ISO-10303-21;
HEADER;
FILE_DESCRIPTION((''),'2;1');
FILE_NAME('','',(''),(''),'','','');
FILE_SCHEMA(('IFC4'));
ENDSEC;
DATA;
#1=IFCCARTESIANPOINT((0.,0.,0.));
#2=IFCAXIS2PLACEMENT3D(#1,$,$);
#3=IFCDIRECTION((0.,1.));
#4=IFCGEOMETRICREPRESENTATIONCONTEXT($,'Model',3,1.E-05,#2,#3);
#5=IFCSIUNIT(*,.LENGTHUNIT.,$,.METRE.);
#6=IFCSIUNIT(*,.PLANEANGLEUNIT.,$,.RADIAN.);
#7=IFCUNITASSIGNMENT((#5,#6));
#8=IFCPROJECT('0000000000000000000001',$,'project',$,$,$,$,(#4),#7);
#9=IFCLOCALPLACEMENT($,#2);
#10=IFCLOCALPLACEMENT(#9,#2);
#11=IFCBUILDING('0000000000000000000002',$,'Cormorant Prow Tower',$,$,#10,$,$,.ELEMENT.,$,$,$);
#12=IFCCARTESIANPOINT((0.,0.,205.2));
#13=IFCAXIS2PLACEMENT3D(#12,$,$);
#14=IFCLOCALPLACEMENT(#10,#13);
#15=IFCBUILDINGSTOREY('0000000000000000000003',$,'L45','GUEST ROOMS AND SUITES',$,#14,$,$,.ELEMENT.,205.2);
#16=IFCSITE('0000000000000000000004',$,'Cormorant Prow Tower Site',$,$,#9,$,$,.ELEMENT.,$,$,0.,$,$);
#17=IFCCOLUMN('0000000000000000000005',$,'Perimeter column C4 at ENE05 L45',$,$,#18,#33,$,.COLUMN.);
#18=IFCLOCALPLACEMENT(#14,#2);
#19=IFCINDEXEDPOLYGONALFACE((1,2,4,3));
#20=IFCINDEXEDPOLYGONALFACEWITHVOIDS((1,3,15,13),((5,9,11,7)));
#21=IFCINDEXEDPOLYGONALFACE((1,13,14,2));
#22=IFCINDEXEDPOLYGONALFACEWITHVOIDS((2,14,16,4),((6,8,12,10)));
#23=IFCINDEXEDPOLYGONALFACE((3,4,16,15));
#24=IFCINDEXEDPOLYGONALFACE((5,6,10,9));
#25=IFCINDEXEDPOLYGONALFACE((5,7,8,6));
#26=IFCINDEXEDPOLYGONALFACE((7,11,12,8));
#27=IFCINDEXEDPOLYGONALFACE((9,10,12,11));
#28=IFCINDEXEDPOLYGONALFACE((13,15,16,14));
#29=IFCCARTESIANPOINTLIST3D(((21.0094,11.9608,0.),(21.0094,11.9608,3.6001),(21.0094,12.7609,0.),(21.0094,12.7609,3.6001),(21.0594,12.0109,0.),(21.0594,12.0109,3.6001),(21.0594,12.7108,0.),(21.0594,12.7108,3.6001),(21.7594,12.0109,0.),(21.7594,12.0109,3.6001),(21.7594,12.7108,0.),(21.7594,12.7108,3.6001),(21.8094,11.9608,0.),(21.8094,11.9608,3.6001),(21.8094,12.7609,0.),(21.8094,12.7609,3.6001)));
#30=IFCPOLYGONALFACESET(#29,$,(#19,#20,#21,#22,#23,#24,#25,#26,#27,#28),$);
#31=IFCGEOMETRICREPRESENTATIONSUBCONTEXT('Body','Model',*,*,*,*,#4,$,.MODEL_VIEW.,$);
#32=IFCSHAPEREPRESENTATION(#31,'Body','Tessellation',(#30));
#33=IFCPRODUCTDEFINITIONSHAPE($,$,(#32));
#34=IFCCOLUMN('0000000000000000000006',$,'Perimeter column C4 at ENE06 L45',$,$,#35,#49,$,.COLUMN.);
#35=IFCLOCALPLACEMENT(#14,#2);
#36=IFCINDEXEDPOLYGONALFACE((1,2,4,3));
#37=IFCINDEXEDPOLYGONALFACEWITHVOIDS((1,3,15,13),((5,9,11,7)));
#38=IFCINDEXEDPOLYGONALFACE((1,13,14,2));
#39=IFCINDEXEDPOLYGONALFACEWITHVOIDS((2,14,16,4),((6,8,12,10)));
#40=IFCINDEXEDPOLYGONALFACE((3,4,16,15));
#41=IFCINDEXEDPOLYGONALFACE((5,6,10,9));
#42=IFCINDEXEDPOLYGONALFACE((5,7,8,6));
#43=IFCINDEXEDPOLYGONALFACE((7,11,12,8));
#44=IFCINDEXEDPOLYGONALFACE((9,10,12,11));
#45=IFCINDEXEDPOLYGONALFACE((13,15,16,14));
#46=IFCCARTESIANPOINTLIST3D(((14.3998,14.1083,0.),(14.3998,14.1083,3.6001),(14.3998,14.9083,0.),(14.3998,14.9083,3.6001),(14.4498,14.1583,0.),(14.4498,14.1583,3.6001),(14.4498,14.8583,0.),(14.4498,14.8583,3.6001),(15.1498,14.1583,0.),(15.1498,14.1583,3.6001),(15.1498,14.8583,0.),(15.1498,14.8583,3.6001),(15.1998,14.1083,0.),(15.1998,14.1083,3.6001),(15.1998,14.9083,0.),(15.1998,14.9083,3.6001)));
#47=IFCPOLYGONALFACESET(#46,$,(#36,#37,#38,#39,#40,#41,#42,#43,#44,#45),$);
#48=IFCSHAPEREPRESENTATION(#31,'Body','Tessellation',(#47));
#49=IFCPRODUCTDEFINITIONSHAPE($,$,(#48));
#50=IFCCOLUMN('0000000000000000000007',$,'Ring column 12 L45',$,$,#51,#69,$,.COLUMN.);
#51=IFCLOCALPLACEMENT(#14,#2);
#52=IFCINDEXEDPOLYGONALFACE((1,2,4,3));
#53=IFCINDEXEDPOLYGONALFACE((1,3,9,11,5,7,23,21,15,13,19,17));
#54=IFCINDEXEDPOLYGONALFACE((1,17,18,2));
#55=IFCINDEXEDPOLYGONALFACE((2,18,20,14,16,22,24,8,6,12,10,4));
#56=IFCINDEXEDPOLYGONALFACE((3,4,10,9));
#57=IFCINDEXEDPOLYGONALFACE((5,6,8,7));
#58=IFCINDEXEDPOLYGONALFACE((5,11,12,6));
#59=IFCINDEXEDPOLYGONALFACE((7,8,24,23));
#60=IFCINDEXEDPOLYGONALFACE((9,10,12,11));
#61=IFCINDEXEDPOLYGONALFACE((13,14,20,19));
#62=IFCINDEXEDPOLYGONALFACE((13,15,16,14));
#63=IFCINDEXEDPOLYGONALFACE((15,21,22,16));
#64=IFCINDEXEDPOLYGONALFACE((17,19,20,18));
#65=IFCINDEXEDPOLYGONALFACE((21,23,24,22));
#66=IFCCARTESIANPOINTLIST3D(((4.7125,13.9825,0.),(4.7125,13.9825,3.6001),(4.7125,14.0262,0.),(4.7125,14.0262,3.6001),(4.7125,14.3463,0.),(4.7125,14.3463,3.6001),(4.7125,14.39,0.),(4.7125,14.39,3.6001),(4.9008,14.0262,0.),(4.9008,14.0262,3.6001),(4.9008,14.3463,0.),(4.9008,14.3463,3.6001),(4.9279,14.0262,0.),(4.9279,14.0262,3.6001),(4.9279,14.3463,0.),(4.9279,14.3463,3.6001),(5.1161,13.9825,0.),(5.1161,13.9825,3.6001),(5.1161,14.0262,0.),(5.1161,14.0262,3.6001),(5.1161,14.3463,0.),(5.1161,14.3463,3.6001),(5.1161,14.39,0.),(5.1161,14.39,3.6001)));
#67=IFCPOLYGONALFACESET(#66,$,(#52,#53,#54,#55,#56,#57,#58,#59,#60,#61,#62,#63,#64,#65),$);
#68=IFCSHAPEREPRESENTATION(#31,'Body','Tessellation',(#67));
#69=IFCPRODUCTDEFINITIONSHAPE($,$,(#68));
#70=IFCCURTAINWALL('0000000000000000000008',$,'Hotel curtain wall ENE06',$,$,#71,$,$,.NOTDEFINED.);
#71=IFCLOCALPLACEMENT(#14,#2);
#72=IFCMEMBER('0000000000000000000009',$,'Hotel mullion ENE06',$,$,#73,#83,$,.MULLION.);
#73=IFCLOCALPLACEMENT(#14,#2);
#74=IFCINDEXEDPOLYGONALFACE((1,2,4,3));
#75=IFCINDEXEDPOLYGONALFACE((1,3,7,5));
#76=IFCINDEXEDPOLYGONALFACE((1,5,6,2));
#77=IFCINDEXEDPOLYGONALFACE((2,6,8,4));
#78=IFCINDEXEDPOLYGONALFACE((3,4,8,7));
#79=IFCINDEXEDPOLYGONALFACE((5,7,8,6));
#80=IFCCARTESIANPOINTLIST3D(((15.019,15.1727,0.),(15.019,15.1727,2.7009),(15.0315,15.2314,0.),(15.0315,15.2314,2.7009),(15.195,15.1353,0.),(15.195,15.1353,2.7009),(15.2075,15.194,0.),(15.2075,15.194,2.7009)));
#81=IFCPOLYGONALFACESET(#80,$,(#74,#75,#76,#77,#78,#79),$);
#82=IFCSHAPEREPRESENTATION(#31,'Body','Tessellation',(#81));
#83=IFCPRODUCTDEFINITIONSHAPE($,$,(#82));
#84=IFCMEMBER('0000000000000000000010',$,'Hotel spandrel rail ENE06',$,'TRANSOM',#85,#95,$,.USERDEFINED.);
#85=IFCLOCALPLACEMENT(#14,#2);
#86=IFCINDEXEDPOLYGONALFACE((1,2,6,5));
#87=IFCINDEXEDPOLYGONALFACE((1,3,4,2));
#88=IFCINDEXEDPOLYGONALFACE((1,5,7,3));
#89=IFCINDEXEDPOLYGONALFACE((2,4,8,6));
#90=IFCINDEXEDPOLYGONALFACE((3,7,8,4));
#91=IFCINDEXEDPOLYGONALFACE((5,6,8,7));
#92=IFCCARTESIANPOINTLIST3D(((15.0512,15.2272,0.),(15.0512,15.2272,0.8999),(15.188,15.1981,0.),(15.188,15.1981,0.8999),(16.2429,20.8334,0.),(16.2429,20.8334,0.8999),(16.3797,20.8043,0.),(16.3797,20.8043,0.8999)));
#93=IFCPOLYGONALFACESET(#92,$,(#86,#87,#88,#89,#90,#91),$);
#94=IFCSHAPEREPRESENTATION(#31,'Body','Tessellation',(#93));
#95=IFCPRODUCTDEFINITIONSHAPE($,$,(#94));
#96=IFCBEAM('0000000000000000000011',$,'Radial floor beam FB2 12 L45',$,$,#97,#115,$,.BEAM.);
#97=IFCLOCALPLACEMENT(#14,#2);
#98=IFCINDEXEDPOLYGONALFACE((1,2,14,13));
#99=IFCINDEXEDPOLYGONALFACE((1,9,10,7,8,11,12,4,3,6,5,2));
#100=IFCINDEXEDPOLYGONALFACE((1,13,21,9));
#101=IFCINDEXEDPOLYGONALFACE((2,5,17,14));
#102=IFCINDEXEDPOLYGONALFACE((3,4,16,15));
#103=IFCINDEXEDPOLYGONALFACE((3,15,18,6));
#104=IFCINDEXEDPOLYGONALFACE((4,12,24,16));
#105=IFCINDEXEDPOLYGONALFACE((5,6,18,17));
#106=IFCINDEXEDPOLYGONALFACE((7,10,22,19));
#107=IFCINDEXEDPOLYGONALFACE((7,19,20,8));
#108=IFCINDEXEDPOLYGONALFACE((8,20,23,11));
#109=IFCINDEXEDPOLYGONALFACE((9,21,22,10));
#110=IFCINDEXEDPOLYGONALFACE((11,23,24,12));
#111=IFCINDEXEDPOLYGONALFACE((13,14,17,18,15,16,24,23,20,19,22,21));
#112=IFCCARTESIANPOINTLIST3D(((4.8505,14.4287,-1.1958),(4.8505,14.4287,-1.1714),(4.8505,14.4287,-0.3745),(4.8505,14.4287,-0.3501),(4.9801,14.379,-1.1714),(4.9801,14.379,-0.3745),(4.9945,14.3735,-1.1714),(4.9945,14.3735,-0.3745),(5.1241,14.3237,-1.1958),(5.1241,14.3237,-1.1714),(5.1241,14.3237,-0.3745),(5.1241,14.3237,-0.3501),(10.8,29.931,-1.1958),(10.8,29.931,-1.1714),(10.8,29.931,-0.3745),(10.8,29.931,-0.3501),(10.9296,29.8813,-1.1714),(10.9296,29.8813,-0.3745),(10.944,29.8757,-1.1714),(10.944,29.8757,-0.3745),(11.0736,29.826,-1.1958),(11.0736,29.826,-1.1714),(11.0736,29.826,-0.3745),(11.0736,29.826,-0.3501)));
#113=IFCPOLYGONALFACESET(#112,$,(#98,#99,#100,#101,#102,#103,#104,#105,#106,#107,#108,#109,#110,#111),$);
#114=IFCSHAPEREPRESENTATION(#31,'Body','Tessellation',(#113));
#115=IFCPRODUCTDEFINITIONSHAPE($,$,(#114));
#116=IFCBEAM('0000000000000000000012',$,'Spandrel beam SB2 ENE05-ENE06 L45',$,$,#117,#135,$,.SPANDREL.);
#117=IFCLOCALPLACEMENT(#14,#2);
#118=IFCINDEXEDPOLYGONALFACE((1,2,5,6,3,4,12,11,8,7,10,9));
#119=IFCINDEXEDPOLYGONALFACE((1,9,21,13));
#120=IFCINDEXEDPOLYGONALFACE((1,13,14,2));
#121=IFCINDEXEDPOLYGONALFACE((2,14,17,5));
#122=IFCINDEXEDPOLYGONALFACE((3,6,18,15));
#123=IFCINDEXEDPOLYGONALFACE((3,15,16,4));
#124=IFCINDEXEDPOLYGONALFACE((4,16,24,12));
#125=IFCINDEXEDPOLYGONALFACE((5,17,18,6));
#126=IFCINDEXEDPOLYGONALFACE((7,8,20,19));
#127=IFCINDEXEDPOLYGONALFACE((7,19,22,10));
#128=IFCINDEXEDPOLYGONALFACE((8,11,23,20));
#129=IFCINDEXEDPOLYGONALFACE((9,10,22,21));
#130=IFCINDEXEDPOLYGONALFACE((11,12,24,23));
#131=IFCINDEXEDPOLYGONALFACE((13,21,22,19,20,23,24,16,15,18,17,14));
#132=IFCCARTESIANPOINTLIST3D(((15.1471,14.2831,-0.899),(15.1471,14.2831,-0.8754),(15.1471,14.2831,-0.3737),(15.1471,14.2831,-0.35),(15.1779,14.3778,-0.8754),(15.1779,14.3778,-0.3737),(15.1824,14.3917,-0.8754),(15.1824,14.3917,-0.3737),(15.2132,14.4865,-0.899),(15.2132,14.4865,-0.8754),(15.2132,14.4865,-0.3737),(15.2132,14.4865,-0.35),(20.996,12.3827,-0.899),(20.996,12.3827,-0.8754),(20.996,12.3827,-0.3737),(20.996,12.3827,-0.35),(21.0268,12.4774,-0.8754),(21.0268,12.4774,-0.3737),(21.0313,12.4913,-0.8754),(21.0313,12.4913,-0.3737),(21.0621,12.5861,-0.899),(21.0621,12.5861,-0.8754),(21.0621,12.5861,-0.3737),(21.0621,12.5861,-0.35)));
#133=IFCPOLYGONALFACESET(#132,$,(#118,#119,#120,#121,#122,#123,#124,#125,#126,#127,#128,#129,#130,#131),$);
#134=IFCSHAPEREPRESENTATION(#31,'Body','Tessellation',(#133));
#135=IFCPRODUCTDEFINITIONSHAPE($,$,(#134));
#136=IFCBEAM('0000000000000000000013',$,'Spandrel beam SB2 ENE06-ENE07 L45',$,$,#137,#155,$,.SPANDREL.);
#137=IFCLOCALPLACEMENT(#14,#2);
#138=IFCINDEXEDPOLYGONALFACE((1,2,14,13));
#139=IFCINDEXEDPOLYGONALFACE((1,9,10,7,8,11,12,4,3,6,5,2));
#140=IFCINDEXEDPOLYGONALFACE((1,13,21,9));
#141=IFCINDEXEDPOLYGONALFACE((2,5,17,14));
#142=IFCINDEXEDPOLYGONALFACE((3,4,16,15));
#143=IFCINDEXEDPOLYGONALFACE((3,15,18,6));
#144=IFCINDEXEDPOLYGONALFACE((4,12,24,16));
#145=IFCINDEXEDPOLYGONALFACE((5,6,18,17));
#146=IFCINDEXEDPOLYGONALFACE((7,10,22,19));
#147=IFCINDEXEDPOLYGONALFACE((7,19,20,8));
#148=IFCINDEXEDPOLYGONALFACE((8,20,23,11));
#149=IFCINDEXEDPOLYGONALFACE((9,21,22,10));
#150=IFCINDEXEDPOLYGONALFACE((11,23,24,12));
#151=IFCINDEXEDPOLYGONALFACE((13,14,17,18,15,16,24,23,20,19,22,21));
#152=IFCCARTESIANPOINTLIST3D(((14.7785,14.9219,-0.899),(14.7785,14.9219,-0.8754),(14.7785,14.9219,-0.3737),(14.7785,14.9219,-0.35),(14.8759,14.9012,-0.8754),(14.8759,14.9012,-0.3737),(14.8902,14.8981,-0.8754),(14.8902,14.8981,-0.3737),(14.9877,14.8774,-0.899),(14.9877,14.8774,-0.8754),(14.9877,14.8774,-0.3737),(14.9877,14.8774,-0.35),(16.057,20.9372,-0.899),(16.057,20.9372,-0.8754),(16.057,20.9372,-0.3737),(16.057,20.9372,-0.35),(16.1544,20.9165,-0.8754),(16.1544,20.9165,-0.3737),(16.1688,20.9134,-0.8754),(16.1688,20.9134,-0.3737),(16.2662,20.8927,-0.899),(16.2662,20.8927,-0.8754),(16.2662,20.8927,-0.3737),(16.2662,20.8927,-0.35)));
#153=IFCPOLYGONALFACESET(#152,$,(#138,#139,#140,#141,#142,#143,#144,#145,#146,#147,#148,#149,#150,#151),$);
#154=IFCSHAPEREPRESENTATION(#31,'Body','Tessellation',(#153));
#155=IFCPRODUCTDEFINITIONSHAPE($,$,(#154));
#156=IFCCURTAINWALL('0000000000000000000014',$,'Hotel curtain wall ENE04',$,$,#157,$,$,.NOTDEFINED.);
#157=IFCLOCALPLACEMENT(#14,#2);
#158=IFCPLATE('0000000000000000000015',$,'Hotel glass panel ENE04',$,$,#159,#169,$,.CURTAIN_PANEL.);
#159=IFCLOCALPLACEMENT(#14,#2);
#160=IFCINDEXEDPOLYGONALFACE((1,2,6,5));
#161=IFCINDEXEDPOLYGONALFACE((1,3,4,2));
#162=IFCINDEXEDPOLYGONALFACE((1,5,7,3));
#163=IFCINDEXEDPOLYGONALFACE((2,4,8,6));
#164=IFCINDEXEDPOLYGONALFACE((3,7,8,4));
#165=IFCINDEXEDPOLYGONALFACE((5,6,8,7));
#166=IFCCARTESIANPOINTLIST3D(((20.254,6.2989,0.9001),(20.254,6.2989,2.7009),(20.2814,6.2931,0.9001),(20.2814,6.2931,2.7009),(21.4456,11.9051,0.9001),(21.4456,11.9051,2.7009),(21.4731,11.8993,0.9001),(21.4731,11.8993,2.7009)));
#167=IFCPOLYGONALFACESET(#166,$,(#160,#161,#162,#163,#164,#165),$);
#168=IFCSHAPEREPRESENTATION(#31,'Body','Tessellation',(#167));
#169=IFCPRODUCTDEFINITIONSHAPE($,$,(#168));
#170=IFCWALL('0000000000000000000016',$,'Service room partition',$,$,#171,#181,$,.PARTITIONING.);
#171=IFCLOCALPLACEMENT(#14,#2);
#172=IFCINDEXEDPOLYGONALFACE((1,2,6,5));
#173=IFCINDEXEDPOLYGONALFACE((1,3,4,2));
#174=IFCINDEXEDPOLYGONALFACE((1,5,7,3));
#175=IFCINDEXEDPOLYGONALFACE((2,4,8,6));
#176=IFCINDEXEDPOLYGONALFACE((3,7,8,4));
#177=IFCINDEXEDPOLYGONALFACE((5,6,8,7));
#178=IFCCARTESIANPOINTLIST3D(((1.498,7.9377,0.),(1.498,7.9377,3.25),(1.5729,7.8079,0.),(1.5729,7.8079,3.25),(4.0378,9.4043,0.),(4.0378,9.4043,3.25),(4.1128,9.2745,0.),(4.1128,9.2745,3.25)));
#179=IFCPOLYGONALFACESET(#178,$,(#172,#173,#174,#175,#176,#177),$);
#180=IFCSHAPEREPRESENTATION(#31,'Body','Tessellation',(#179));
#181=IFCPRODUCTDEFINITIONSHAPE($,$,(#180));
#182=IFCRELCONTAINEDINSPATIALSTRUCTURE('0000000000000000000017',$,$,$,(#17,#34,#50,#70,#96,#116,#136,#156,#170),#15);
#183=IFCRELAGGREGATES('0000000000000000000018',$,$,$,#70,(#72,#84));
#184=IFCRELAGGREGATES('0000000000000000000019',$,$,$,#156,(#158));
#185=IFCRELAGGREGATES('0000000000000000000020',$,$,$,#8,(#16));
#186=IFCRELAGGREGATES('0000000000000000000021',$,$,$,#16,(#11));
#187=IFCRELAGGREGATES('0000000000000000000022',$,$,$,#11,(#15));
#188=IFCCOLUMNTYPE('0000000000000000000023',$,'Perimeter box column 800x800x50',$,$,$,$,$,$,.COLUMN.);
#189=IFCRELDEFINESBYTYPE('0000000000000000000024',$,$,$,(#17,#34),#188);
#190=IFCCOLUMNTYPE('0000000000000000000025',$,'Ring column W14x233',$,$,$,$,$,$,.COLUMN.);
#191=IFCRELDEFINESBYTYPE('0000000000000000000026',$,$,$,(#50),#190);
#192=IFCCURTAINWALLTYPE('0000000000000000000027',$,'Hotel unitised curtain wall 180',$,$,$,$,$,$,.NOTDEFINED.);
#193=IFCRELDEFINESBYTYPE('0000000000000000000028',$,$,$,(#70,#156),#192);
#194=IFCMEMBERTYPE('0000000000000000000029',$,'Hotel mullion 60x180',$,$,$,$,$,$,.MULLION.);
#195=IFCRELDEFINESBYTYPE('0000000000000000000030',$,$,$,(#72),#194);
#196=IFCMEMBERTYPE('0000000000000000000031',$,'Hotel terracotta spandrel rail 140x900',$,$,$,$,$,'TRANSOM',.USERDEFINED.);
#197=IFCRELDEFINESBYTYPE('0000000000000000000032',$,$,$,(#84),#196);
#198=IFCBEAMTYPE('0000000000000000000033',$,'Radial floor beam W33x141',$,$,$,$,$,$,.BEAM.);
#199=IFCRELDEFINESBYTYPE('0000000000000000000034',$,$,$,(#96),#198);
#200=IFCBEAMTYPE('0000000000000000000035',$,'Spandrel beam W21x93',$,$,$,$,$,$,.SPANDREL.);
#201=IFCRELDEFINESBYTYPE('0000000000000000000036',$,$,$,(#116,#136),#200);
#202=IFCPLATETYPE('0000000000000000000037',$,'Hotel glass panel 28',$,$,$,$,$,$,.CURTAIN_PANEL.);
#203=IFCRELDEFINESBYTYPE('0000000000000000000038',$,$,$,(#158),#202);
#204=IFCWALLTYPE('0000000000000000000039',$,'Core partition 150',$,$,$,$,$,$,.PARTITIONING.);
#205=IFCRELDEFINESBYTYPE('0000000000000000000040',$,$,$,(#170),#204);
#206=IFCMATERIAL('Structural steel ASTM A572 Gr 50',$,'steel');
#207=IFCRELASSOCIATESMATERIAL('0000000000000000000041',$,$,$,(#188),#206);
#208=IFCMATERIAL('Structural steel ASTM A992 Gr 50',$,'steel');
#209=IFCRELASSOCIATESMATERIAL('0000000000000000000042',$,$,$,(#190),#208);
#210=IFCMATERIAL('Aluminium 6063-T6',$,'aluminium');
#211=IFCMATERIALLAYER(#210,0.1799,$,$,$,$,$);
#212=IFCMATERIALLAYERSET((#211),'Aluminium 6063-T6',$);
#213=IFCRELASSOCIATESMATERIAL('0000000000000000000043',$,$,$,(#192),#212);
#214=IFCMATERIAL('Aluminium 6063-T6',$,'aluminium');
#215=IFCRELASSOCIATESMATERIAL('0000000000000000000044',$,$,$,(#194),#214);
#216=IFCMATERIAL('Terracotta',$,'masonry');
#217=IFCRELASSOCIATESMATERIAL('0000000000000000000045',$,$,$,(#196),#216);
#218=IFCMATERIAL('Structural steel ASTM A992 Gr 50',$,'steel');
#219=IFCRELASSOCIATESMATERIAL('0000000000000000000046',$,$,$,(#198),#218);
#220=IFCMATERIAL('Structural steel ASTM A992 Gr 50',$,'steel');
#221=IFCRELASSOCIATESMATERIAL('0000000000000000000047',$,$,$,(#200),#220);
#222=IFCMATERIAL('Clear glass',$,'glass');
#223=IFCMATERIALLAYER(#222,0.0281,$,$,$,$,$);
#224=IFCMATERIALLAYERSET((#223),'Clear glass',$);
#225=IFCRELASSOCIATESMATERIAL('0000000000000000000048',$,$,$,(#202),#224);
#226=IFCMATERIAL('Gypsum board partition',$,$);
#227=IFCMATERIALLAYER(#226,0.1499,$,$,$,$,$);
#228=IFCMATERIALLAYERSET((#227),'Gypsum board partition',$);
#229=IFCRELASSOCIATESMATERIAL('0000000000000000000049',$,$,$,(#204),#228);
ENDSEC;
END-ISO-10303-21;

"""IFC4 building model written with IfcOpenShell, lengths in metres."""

from ifc_helpers import new_model, si_unit, direction, frame, frame_2d, origin, origin_2d, place, context, subcontext, project, spatial, rectangle, hollow_rectangle, i_section, extrude, material, layer, layer_set, material_profile, profile_set, type_object, element, aggregate, save


model = new_model("IFC4")

# Units and contexts
model_context = context("Model", 3, precision=1e-05, world=origin(), true_north=direction((0.0, 1.0)))
body_context = subcontext(model_context, "Body", "Model", "MODEL_VIEW")
ifc_project = project(units=[si_unit("LENGTHUNIT", "METRE"), si_unit("PLANEANGLEUNIT", "RADIAN")], contexts=[model_context])

# Site, building, storey
site_placement = place(None, origin())
site = spatial("IfcSite", under=ifc_project, at=site_placement, Name="Cormorant Prow Tower Site", CompositionType="ELEMENT", RefElevation=0.0)
building_placement = place(site_placement, origin())
building = spatial("IfcBuilding", under=site, at=building_placement, Name="Cormorant Prow Tower", CompositionType="ELEMENT")
storey_placement = place(building_placement, frame((0.0, 0.0, 205.2)))
storey = spatial("IfcBuildingStorey", under=building, at=storey_placement, Name="L45", Description="GUEST ROOMS AND SUITES", CompositionType="ELEMENT", Elevation=205.2)

# Columns
ifc_material_1 = material(Name="Structural steel ASTM A572 Gr 50", Category="steel")
ifc_material_profile_1 = material_profile(ifc_material_1, hollow_rectangle(XDim=0.8, YDim=0.8, WallThickness=0.05, at=origin_2d()), Name="Box 800x800x50")
ifc_profile_set_1 = profile_set([ifc_material_profile_1], Name="Structural steel ASTM A572 Gr 50")
column_type_1 = type_object("IfcColumnType", Name="Perimeter box column 800x800x50", PredefinedType="COLUMN", material=ifc_profile_set_1)
for number, where, z_axis, x_axis, name in (
    (1, (21.4094, 12.3608, 0.0), (0.0, 0.0, 1.0), (1.0, 0.0, 0.0), "Perimeter column C4 at ENE05 L45"),
    (2, (14.7998, 14.5083, 0.0), (0.0, 0.0, 1.0), (1.0, 0.0, 0.0), "Perimeter column C4 at ENE06 L45"),
):
    element("IfcColumn", number, at=place(storey_placement, frame(where, z_axis=z_axis, x_axis=x_axis)), inside=storey, type_object=column_type_1, Name=name, PredefinedType="COLUMN", context=body_context, shape_type="SweptSolid", body=[
        extrude(hollow_rectangle(XDim=0.8, YDim=0.8, WallThickness=0.05, at=origin_2d()), origin(), (0.0, 0.0, 1.0), 3.6001),
    ])
ifc_material_2 = material(Name="Structural steel ASTM A992 Gr 50", Category="steel")
ifc_material_profile_2 = material_profile(ifc_material_2, i_section(OverallWidth=0.4036, OverallDepth=0.4075, WebThickness=0.0271, FlangeThickness=0.0437, at=origin_2d()), Name="W14x233")
ifc_profile_set_2 = profile_set([ifc_material_profile_2], Name="Structural steel ASTM A992 Gr 50")
column_type_2 = type_object("IfcColumnType", Name="Ring column W14x233", PredefinedType="COLUMN", material=ifc_profile_set_2)
column_placement = place(storey_placement, frame((4.9143, 14.1863, 0.0), z_axis=(0.0, 0.0, 1.0), x_axis=(1.0, 0.0, 0.0)))
element("IfcColumn", 3, at=column_placement, inside=storey, type_object=column_type_2, Name="Ring column 12 L45", PredefinedType="COLUMN", context=body_context, shape_type="SweptSolid", body=[
    extrude(i_section(OverallWidth=0.4036, OverallDepth=0.4075, WebThickness=0.0271, FlangeThickness=0.0437, at=origin_2d()), origin(), (0.0, 0.0, 1.0), 3.6001),
])

# Curtain wall, members
ifc_material_3 = material(Name="Aluminium 6063-T6", Category="aluminium")
ifc_layer_1 = layer(ifc_material_3, 0.1799)
ifc_layer_set_1 = layer_set([ifc_layer_1], Name="Aluminium 6063-T6")
curtain_wall_type = type_object("IfcCurtainWallType", Name="Hotel unitised curtain wall 180", PredefinedType="NOTDEFINED", material=ifc_layer_set_1)
curtain_wall_1_placement = place(storey_placement, origin())
curtain_wall_1 = element("IfcCurtainWall", 4, at=curtain_wall_1_placement, inside=storey, type_object=curtain_wall_type, Name="Hotel curtain wall ENE06", PredefinedType="NOTDEFINED")
ifc_material_4 = material(Name="Aluminium 6063-T6", Category="aluminium")
ifc_material_profile_3 = material_profile(ifc_material_4, rectangle(XDim=0.1799, YDim=0.0601, at=origin_2d()), Name="Hotel mullion 60x180")
ifc_profile_set_3 = profile_set([ifc_material_profile_3], Name="Aluminium 6063-T6")
member_type_1 = type_object("IfcMemberType", Name="Hotel mullion 60x180", PredefinedType="MULLION", material=ifc_profile_set_3)
member_1_placement = place(storey_placement, frame((15.1133, 15.1833, 0.0), z_axis=(0.0, 0.0, 1.0), x_axis=(-0.978148, 0.207912, 0.0)))
member_1 = element("IfcMember", 5, at=member_1_placement, type_object=member_type_1, Name="Hotel mullion ENE06", PredefinedType="MULLION", context=body_context, shape_type="SweptSolid", body=[
    extrude(rectangle(XDim=0.1799, YDim=0.0601, at=origin_2d()), origin(), (0.0, 0.0, 1.0), 2.7009),
])
ifc_material_5 = material(Name="Terracotta", Category="masonry")
ifc_material_profile_4 = material_profile(ifc_material_5, rectangle(XDim=0.1399, YDim=0.8999, at=origin_2d()), Name="Hotel terracotta spandrel rail 140x900")
ifc_profile_set_4 = profile_set([ifc_material_profile_4], Name="Terracotta")
member_type_2 = type_object("IfcMemberType", Name="Hotel terracotta spandrel rail 140x900", ElementType="TRANSOM", PredefinedType="USERDEFINED", material=ifc_profile_set_4)
member_2_placement = place(storey_placement, frame((15.1196, 15.2126, 0.45), z_axis=(0.207914, 0.978147, 0.0), x_axis=(-0.978147, 0.207914, 0.0)))
member_2 = element("IfcMember", 6, at=member_2_placement, type_object=member_type_2, Name="Hotel spandrel rail ENE06", ObjectType="TRANSOM", PredefinedType="USERDEFINED", context=body_context, shape_type="SweptSolid", body=[
    extrude(rectangle(XDim=0.1399, YDim=0.8999, at=origin_2d()), origin(), (0.0, 0.0, 1.0), 5.7314),
])
aggregate(curtain_wall_1, [member_1, member_2])

# Beams
ifc_material_6 = material(Name="Structural steel ASTM A992 Gr 50", Category="steel")
ifc_material_profile_5 = material_profile(ifc_material_6, i_section(OverallWidth=0.293, OverallDepth=0.8457, WebThickness=0.0154, FlangeThickness=0.0244, at=origin_2d()), Name="W33x141")
ifc_profile_set_5 = profile_set([ifc_material_profile_5], Name="Structural steel ASTM A992 Gr 50")
beam_type_1 = type_object("IfcBeamType", Name="Radial floor beam W33x141", PredefinedType="BEAM", material=ifc_profile_set_5)
beam_1_placement = place(storey_placement, frame((4.9873, 14.3762, -0.7729), z_axis=(0.358301, 0.933606, 0.0), x_axis=(-0.933606, 0.358301, 0.0)))
element("IfcBeam", 7, at=beam_1_placement, inside=storey, type_object=beam_type_1, Name="Radial floor beam FB2 12 L45", PredefinedType="BEAM", context=body_context, shape_type="SweptSolid", body=[
    extrude(i_section(OverallWidth=0.293, OverallDepth=0.8457, WebThickness=0.0154, FlangeThickness=0.0244, at=origin_2d()), origin(), (0.0, 0.0, 1.0), 16.6047),
])
ifc_material_7 = material(Name="Structural steel ASTM A992 Gr 50", Category="steel")
ifc_material_profile_6 = material_profile(ifc_material_7, i_section(OverallWidth=0.2139, OverallDepth=0.5491, WebThickness=0.0146, FlangeThickness=0.0237, at=origin_2d()), Name="W21x93")
ifc_profile_set_6 = profile_set([ifc_material_profile_6], Name="Structural steel ASTM A992 Gr 50")
beam_type_2 = type_object("IfcBeamType", Name="Spandrel beam W21x93", PredefinedType="SPANDREL", material=ifc_profile_set_6)
beam_2_placement = place(storey_placement, frame((21.0291, 12.4844, -0.6245), z_axis=(-0.951058, 0.309013, 0.0), x_axis=(-0.309013, -0.951058, 0.0)))
element("IfcBeam", 8, at=beam_2_placement, inside=storey, type_object=beam_type_2, Name="Spandrel beam SB2 ENE05-ENE06 L45", PredefinedType="SPANDREL", context=body_context, shape_type="SweptSolid", body=[
    extrude(i_section(OverallWidth=0.2139, OverallDepth=0.5491, WebThickness=0.0146, FlangeThickness=0.0237, at=origin_2d()), origin(), (0.0, 0.0, 1.0), 6.1499),
])
beam_3_placement = place(storey_placement, frame((14.8831, 14.8997, -0.6245), z_axis=(0.207905, 0.978149, 0.0), x_axis=(-0.978149, 0.207905, 0.0)))
element("IfcBeam", 9, at=beam_3_placement, inside=storey, type_object=beam_type_2, Name="Spandrel beam SB2 ENE06-ENE07 L45", PredefinedType="SPANDREL", context=body_context, shape_type="SweptSolid", body=[
    extrude(i_section(OverallWidth=0.2139, OverallDepth=0.5491, WebThickness=0.0146, FlangeThickness=0.0237, at=origin_2d()), origin(), (0.0, 0.0, 1.0), 6.1497),
])

# Curtain wall, plate
curtain_wall_2_placement = place(storey_placement, origin())
curtain_wall_2 = element("IfcCurtainWall", 10, at=curtain_wall_2_placement, inside=storey, type_object=curtain_wall_type, Name="Hotel curtain wall ENE04", PredefinedType="NOTDEFINED")
ifc_material_8 = material(Name="Clear glass", Category="glass")
ifc_layer_2 = layer(ifc_material_8, 0.0281)
ifc_layer_set_2 = layer_set([ifc_layer_2], Name="Clear glass")
plate_type = type_object("IfcPlateType", Name="Hotel glass panel 28", PredefinedType="CURTAIN_PANEL", material=ifc_layer_set_2)
plate_placement = place(storey_placement, frame((20.8635, 9.0991, 0.9001), z_axis=(0.0, 0.0, 1.0), x_axis=(0.207912, 0.978148, 0.0)))
plate = element("IfcPlate", 11, at=plate_placement, type_object=plate_type, Name="Hotel glass panel ENE04", PredefinedType="CURTAIN_PANEL", context=body_context, shape_type="SweptSolid", body=[
    extrude(rectangle(XDim=5.7314, YDim=0.0281, at=origin_2d()), origin(), (0.0, 0.0, 1.0), 1.8008),
])
aggregate(curtain_wall_2, [plate])

# Wall
ifc_material_9 = material(Name="Gypsum board partition")
ifc_layer_3 = layer(ifc_material_9, 0.1499)
ifc_layer_set_3 = layer_set([ifc_layer_3], Name="Gypsum board partition")
wall_type_1 = type_object("IfcWallType", Name="Core partition 150", PredefinedType="PARTITIONING", material=ifc_layer_set_3)
wall_1_placement = place(storey_placement, frame((4.0752, 9.3394, 0.0), z_axis=(0.0, 0.0, 1.0), x_axis=(-0.865996, -0.500052, 0.0)))
element("IfcWall", 12, at=wall_1_placement, inside=storey, type_object=wall_type_1, Name="Service room partition", PredefinedType="PARTITIONING", context=body_context, shape_type="SweptSolid", body=[
    extrude(rectangle(XDim=2.9329, YDim=0.1499, at=frame_2d((1.4663, 0.0))), origin(), (0.0, 0.0, 1.0), 3.25),
])

save(model, "model.ifc")
